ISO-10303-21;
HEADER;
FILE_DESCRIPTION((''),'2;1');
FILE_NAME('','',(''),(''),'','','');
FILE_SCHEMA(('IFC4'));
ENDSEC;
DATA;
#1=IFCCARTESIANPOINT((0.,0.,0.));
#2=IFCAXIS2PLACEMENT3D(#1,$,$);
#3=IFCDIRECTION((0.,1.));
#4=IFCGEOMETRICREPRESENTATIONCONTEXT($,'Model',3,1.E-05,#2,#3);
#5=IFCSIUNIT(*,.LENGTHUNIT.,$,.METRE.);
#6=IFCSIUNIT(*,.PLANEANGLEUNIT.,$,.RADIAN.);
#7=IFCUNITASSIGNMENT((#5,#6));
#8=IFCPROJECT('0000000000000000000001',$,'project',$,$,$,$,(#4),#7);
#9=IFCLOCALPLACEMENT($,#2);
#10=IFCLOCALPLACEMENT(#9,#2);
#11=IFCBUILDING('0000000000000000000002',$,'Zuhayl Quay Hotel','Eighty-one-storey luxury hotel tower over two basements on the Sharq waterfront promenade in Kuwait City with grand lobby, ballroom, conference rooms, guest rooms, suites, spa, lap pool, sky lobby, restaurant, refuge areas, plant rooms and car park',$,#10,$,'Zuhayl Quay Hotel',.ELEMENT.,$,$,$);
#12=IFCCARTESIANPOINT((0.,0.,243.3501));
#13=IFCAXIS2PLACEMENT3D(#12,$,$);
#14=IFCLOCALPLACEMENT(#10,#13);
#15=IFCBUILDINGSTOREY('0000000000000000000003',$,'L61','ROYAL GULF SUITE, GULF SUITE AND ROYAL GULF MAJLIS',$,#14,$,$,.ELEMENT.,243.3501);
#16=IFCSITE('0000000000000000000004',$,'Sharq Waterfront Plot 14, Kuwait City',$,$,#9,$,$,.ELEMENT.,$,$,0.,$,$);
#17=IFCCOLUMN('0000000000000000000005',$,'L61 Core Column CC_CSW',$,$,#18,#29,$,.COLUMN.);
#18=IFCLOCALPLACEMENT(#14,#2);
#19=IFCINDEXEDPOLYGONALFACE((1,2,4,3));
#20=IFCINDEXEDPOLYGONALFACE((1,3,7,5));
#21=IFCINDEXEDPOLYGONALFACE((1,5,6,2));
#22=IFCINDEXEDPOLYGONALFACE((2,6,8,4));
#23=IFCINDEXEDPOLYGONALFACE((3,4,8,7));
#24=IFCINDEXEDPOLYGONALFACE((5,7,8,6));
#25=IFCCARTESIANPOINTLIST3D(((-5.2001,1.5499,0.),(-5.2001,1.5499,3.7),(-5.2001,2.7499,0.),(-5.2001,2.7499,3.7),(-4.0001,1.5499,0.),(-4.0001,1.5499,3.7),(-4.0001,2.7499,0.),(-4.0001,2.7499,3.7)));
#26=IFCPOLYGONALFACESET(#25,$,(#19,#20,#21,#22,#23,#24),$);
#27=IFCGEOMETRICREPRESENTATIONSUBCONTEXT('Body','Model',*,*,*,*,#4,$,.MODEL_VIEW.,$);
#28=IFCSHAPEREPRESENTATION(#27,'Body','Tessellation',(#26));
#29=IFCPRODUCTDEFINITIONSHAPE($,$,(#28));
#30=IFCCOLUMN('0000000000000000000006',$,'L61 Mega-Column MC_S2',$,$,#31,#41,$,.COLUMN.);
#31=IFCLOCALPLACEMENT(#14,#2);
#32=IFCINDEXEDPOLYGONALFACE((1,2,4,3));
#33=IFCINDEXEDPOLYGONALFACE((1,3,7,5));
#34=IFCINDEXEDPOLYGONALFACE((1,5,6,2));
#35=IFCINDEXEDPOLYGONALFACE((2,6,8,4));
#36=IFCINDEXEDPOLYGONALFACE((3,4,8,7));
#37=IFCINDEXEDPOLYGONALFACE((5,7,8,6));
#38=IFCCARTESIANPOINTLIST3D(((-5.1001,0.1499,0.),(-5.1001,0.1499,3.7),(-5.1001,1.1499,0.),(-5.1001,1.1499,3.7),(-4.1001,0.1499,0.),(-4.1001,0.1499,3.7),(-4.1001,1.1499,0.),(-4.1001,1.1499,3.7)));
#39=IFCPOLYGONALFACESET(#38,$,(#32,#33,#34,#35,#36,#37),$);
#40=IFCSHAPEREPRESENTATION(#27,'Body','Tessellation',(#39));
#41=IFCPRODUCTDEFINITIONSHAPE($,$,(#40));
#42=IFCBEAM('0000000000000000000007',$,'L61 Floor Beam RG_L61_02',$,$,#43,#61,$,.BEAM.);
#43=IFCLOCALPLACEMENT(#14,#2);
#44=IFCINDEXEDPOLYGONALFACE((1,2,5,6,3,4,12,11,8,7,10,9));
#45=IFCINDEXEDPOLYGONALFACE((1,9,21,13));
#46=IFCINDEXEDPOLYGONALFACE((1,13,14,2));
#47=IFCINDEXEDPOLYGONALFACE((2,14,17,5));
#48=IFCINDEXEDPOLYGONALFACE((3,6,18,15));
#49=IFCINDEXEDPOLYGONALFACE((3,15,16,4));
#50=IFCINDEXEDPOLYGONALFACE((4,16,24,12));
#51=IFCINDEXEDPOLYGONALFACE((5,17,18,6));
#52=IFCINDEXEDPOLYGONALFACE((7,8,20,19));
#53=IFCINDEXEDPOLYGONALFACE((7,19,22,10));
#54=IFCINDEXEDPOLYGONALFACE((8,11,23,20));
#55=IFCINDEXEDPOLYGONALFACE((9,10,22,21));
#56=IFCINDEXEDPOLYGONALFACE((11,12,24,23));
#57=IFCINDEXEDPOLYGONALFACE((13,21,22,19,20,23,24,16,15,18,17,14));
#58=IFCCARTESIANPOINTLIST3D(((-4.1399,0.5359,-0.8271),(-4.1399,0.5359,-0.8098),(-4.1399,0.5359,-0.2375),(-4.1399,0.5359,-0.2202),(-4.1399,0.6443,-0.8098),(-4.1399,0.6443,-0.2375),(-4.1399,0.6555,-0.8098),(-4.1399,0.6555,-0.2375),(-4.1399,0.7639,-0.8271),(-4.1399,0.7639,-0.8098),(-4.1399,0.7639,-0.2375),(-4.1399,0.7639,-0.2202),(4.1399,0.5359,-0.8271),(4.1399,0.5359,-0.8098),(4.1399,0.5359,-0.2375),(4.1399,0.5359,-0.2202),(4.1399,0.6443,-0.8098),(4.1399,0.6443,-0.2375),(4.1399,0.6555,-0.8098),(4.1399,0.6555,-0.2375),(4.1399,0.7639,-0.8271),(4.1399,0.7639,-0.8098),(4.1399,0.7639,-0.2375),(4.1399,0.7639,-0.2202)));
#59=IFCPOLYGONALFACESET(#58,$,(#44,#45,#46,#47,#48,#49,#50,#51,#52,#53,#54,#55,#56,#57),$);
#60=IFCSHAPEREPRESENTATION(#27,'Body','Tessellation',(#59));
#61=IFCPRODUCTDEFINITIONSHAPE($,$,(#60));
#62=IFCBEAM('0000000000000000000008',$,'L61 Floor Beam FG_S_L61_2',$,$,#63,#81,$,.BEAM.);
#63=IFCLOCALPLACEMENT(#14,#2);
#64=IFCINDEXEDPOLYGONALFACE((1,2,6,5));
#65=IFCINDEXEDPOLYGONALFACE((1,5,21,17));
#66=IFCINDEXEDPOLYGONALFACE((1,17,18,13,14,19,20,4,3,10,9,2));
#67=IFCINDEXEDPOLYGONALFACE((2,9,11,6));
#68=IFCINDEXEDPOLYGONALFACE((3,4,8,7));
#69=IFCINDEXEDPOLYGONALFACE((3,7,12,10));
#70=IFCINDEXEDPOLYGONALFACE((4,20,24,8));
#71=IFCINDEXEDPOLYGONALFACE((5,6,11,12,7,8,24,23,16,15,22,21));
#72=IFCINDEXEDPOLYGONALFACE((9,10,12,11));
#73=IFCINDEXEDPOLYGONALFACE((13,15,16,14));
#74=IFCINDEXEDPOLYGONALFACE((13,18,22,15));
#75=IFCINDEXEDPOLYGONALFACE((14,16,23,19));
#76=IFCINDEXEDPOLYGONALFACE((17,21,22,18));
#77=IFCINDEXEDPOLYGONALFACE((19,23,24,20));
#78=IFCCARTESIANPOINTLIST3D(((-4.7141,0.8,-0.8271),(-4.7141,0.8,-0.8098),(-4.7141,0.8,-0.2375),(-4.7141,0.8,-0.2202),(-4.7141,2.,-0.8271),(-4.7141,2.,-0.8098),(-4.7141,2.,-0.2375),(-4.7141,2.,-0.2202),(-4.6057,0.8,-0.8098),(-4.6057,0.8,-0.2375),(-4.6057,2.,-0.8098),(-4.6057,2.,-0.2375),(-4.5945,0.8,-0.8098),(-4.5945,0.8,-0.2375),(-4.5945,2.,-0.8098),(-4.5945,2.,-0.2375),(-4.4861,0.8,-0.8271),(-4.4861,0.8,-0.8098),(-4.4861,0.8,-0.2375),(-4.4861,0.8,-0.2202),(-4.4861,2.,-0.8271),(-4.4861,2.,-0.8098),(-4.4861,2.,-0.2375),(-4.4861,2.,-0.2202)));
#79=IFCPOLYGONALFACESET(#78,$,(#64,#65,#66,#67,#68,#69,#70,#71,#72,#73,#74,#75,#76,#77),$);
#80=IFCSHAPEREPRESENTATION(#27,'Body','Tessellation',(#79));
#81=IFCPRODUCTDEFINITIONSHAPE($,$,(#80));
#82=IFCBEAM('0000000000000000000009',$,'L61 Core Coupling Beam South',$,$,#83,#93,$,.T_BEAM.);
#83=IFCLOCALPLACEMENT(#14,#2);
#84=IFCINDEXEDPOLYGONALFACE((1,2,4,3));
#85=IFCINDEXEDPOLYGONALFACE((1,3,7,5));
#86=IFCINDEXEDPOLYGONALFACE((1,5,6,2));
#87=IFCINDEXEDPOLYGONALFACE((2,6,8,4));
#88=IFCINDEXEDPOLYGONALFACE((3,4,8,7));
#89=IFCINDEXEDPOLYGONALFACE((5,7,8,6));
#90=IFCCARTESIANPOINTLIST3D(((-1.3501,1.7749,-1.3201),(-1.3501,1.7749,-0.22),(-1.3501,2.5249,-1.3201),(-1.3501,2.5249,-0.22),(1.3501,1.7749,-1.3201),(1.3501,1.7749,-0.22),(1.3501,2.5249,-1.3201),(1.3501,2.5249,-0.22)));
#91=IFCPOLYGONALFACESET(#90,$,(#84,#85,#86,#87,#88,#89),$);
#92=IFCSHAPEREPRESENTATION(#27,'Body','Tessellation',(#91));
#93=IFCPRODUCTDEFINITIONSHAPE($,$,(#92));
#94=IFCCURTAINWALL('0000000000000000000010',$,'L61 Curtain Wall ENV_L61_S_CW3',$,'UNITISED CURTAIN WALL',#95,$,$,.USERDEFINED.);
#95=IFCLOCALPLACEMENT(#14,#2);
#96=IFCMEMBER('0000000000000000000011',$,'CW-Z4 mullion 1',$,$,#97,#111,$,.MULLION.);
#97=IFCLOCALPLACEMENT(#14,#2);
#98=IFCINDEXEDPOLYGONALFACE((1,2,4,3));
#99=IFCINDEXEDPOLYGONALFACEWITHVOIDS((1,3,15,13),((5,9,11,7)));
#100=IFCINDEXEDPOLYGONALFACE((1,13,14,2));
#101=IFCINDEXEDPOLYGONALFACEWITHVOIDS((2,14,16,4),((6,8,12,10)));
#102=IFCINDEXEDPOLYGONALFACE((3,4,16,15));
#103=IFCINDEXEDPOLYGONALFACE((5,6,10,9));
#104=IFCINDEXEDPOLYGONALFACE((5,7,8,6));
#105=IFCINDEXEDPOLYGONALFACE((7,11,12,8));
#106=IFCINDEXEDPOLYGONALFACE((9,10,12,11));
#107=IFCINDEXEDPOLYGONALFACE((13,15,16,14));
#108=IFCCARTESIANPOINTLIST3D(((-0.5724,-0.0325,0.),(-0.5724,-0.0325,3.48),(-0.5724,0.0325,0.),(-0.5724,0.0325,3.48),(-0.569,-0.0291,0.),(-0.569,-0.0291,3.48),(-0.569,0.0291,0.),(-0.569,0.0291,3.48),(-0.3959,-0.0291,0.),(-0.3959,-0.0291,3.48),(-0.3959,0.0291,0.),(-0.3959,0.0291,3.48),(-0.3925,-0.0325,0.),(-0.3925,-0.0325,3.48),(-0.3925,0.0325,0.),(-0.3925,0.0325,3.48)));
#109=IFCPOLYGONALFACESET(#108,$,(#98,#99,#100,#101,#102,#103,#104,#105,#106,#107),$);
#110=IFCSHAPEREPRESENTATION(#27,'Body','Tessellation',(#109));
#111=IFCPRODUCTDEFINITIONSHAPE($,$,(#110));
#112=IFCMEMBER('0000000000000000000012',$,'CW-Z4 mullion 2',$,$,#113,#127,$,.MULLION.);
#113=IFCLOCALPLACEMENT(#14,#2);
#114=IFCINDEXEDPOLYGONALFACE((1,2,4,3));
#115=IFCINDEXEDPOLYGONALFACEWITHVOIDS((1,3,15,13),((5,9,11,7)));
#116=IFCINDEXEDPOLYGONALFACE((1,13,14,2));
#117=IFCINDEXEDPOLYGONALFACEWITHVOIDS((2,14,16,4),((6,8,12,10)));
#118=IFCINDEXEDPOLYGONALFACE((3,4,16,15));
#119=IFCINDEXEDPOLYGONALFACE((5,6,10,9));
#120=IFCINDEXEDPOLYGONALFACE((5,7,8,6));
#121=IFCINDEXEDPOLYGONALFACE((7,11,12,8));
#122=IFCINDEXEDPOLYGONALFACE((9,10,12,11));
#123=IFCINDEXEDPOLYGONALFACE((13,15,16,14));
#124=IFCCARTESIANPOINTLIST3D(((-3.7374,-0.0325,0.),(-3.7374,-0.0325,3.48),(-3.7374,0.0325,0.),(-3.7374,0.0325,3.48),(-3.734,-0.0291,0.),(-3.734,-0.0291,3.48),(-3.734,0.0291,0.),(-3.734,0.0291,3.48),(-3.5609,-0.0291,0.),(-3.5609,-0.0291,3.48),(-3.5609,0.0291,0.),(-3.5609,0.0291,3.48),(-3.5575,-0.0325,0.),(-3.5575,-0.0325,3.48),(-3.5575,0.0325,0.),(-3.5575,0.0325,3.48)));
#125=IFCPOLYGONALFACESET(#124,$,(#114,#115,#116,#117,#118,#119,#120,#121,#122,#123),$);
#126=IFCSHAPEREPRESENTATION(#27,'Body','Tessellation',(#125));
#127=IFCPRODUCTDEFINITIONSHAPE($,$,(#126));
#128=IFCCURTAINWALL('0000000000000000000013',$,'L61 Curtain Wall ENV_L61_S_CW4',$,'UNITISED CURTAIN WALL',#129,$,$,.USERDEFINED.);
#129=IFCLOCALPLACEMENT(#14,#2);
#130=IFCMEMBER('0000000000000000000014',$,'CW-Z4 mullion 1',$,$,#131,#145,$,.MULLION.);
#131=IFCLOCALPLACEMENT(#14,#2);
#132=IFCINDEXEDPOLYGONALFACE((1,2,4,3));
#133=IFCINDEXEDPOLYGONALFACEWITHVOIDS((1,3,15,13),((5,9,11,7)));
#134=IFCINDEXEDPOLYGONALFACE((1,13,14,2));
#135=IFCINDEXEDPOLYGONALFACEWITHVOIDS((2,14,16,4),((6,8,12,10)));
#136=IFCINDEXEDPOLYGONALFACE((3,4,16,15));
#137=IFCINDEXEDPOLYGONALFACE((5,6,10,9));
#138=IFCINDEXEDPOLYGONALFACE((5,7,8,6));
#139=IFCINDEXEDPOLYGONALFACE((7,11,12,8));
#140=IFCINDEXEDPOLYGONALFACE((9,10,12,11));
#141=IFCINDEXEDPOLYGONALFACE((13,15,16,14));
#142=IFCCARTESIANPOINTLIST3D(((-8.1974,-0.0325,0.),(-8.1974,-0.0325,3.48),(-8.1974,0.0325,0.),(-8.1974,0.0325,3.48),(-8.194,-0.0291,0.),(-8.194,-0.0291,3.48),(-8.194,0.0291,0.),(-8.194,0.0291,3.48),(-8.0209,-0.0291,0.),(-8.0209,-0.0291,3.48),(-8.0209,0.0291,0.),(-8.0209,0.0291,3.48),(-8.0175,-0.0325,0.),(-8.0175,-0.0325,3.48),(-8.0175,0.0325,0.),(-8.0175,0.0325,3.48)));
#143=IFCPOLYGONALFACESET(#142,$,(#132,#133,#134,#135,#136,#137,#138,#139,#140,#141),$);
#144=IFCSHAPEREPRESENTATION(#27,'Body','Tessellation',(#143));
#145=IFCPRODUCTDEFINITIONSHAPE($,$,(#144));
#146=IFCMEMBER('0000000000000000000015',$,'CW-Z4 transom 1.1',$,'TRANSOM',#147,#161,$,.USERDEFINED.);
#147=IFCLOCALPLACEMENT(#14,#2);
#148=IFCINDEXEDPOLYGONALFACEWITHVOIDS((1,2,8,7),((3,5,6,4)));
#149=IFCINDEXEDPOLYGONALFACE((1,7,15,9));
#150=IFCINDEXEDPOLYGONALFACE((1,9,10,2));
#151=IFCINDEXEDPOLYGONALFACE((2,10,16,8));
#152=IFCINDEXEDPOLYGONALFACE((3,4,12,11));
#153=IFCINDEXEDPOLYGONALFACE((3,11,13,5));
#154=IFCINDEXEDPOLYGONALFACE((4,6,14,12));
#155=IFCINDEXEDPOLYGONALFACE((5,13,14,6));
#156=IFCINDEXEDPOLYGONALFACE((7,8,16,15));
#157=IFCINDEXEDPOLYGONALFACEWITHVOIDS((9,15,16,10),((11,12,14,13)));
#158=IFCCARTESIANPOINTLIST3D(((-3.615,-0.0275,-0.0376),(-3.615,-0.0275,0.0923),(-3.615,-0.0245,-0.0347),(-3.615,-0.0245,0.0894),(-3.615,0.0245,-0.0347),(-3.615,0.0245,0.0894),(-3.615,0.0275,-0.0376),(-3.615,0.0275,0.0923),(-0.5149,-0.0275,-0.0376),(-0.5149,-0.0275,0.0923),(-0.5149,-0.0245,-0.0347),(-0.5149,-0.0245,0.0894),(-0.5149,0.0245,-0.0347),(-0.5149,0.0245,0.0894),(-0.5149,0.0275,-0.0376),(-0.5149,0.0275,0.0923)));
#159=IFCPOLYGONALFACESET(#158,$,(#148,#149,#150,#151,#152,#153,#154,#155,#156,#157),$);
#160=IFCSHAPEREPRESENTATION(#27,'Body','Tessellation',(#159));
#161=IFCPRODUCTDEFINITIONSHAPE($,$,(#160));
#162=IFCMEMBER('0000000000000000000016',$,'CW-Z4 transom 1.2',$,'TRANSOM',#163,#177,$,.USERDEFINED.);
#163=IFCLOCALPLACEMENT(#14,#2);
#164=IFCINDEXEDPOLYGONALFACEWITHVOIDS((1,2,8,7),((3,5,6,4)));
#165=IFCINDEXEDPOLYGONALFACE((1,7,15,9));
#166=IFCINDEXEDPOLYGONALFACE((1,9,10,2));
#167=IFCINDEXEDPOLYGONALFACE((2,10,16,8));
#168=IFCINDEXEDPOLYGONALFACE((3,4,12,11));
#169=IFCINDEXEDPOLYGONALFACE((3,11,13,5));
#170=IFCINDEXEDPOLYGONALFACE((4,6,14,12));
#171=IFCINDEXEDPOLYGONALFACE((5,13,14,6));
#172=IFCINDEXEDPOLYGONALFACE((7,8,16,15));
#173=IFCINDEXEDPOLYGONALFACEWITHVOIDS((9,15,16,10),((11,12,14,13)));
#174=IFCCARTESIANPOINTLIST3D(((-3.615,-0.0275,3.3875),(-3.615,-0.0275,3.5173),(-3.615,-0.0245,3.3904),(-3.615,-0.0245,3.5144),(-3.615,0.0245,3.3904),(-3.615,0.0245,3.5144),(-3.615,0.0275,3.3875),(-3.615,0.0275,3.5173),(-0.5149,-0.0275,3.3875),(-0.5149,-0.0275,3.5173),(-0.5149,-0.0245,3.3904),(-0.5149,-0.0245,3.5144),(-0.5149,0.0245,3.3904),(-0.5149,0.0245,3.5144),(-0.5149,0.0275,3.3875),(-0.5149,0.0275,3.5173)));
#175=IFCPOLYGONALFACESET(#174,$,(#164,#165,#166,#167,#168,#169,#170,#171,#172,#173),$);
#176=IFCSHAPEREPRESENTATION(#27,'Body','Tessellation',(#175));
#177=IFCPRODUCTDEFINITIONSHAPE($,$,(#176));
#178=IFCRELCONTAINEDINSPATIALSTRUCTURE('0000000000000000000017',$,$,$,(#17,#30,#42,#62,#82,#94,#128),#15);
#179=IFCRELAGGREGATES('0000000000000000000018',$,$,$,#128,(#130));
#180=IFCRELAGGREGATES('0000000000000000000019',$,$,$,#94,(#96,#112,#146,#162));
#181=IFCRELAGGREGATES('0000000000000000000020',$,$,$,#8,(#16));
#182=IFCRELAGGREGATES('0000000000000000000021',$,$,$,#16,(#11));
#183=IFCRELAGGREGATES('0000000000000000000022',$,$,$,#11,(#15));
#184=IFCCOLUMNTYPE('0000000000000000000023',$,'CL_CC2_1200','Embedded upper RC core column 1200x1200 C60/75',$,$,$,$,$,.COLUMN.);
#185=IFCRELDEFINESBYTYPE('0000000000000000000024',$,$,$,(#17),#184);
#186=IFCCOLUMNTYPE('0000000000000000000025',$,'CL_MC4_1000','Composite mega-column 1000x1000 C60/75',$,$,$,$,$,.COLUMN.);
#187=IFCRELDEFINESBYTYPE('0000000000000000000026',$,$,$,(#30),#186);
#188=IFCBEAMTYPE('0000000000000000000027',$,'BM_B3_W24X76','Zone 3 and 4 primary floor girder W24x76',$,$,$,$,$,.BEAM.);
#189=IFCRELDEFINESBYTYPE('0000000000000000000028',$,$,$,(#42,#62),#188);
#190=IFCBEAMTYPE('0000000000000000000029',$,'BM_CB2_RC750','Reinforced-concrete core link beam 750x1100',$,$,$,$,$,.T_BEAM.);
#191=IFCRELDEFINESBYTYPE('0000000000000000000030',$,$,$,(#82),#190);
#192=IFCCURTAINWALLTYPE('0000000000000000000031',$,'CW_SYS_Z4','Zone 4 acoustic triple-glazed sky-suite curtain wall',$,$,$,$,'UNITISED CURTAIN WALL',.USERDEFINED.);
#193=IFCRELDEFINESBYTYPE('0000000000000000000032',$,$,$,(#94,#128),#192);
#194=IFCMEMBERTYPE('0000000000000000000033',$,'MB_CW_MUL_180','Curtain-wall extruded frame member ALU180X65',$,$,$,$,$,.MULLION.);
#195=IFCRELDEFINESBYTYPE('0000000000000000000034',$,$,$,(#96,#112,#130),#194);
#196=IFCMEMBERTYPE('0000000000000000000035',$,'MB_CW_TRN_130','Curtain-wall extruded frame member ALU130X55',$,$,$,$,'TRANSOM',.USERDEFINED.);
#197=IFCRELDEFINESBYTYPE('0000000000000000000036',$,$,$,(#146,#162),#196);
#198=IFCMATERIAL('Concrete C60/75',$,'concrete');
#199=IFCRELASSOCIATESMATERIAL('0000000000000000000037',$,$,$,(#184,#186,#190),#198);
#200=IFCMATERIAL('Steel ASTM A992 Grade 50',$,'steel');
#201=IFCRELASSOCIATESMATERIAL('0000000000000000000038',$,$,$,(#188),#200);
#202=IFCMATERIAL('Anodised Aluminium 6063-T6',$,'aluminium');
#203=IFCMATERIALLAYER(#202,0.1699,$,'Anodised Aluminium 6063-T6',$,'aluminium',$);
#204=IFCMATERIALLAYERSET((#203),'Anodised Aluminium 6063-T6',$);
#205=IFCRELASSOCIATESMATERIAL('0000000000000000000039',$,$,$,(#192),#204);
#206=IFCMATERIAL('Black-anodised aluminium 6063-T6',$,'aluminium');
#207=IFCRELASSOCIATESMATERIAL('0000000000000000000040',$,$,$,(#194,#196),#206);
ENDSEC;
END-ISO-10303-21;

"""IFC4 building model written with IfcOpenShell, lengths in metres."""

from ifc_helpers import new_model, si_unit, direction, frame, origin, origin_2d, place, context, subcontext, project, spatial, rectangle, hollow_rectangle, i_section, extrude, material, layer, layer_set, material_profile, profile_set, type_object, element, aggregate, save


model = new_model("IFC4")

# Units and contexts
model_context = context("Model", 3, precision=1e-05, world=origin(), true_north=direction((0.0, 1.0)))
body_context = subcontext(model_context, "Body", "Model", "MODEL_VIEW")
ifc_project = project(units=[si_unit("LENGTHUNIT", "METRE"), si_unit("PLANEANGLEUNIT", "RADIAN")], contexts=[model_context])

# Site, building, storey
site_placement = place(None, origin())
site = spatial("IfcSite", under=ifc_project, at=site_placement, Name="Sharq Waterfront Plot 14, Kuwait City", CompositionType="ELEMENT", RefElevation=0.0)
building_placement = place(site_placement, origin())
building = spatial("IfcBuilding", under=site, at=building_placement, Name="Zuhayl Quay Hotel", Description="Eighty-one-storey luxury hotel tower over two basements on the Sharq waterfront promenade in Kuwait City with grand lobby, ballroom, conference rooms, guest rooms, suites, spa, lap pool, sky lobby, restaurant, refuge areas, plant rooms and car park", LongName="Zuhayl Quay Hotel", CompositionType="ELEMENT")
storey_placement = place(building_placement, frame((0.0, 0.0, 243.3501)))
storey = spatial("IfcBuildingStorey", under=building, at=storey_placement, Name="L61", Description="ROYAL GULF SUITE, GULF SUITE AND ROYAL GULF MAJLIS", CompositionType="ELEMENT", Elevation=243.3501)

# Columns
ifc_material_1 = material(Name="Concrete C60/75", Category="concrete")
ifc_material_profile_1 = material_profile(ifc_material_1, rectangle(XDim=1.2, YDim=1.2, at=origin_2d()), Name="RC1200X1200")
ifc_profile_set_1 = profile_set([ifc_material_profile_1], Name="Concrete C60/75")
column_type_1 = type_object("IfcColumnType", Name="CL_CC2_1200", Description="Embedded upper RC core column 1200x1200 C60/75", PredefinedType="COLUMN", material=ifc_profile_set_1)
column_1_placement = place(storey_placement, frame((-4.6001, 2.1499, 0.0), z_axis=(0.0, 0.0, 1.0), x_axis=(1.0, 0.0, 0.0)))
element("IfcColumn", 1, at=column_1_placement, inside=storey, type_object=column_type_1, Name="L61 Core Column CC_CSW", PredefinedType="COLUMN", context=body_context, shape_type="SweptSolid", body=[
    extrude(rectangle(XDim=1.2, YDim=1.2, at=origin_2d()), origin(), (0.0, 0.0, 1.0), 3.7),
])
ifc_material_profile_2 = material_profile(ifc_material_1, rectangle(XDim=1.0, YDim=1.0, at=origin_2d()), Name="RC1000X1000")
ifc_profile_set_2 = profile_set([ifc_material_profile_2], Name="Concrete C60/75")
column_type_2 = type_object("IfcColumnType", Name="CL_MC4_1000", Description="Composite mega-column 1000x1000 C60/75", PredefinedType="COLUMN", material=ifc_profile_set_2)
column_2_placement = place(storey_placement, frame((-4.6001, 0.6499, 0.0), z_axis=(0.0, 0.0, 1.0), x_axis=(1.0, 0.0, 0.0)))
element("IfcColumn", 2, at=column_2_placement, inside=storey, type_object=column_type_2, Name="L61 Mega-Column MC_S2", PredefinedType="COLUMN", context=body_context, shape_type="SweptSolid", body=[
    extrude(rectangle(XDim=1.0, YDim=1.0, at=origin_2d()), origin(), (0.0, 0.0, 1.0), 3.7),
])

# Beams
ifc_material_2 = material(Name="Steel ASTM A992 Grade 50", Category="steel")
ifc_material_profile_3 = material_profile(ifc_material_2, i_section(OverallWidth=0.228, OverallDepth=0.6069, WebThickness=0.0112, FlangeThickness=0.0173, at=origin_2d()), Name="W24X76")
ifc_profile_set_3 = profile_set([ifc_material_profile_3], Name="Steel ASTM A992 Grade 50")
beam_type_1 = type_object("IfcBeamType", Name="BM_B3_W24X76", Description="Zone 3 and 4 primary floor girder W24x76", PredefinedType="BEAM", material=ifc_profile_set_3)
beam_1_placement = place(storey_placement, frame((-4.1399, 0.6499, -0.5237), z_axis=(1.0, 0.0, 0.0), x_axis=(0.0, 1.0, 0.0)))
element("IfcBeam", 3, at=beam_1_placement, inside=storey, type_object=beam_type_1, Name="L61 Floor Beam RG_L61_02", PredefinedType="BEAM", context=body_context, shape_type="SweptSolid", body=[
    extrude(i_section(OverallWidth=0.228, OverallDepth=0.6069, WebThickness=0.0112, FlangeThickness=0.0173, at=origin_2d()), origin(), (0.0, 0.0, 1.0), 8.2798),
])
beam_2_placement = place(storey_placement, frame((-4.6001, 0.8, -0.5237), z_axis=(0.0, 1.0, 0.0), x_axis=(-1.0, 0.0, 0.0)))
element("IfcBeam", 4, at=beam_2_placement, inside=storey, type_object=beam_type_1, Name="L61 Floor Beam FG_S_L61_2", PredefinedType="BEAM", context=body_context, shape_type="SweptSolid", body=[
    extrude(i_section(OverallWidth=0.228, OverallDepth=0.6069, WebThickness=0.0112, FlangeThickness=0.0173, at=origin_2d()), origin(), (0.0, 0.0, 1.0), 1.2),
])
ifc_material_profile_4 = material_profile(ifc_material_1, rectangle(XDim=0.75, YDim=1.1001, at=origin_2d()), Name="RC750X1100")
ifc_profile_set_4 = profile_set([ifc_material_profile_4], Name="Concrete C60/75")
beam_type_2 = type_object("IfcBeamType", Name="BM_CB2_RC750", Description="Reinforced-concrete core link beam 750x1100", PredefinedType="T_BEAM", material=ifc_profile_set_4)
beam_3_placement = place(storey_placement, frame((-1.3501, 2.1499, -0.77), z_axis=(1.0, 0.0, 0.0), x_axis=(0.0, 1.0, 0.0)))
element("IfcBeam", 5, at=beam_3_placement, inside=storey, type_object=beam_type_2, Name="L61 Core Coupling Beam South", PredefinedType="T_BEAM", context=body_context, shape_type="SweptSolid", body=[
    extrude(rectangle(XDim=0.75, YDim=1.1001, at=origin_2d()), origin(), (0.0, 0.0, 1.0), 2.7002),
])

# Curtain wall, members
ifc_material_3 = material(Name="Anodised Aluminium 6063-T6", Category="aluminium")
ifc_layer_1 = layer(ifc_material_3, 0.1699, Name="Anodised Aluminium 6063-T6", Category="aluminium")
ifc_layer_set_1 = layer_set([ifc_layer_1], Name="Anodised Aluminium 6063-T6")
curtain_wall_type = type_object("IfcCurtainWallType", Name="CW_SYS_Z4", Description="Zone 4 acoustic triple-glazed sky-suite curtain wall", ElementType="UNITISED CURTAIN WALL", PredefinedType="USERDEFINED", material=ifc_layer_set_1)
curtain_wall_1_placement = place(storey_placement, origin())
curtain_wall_1 = element("IfcCurtainWall", 6, at=curtain_wall_1_placement, inside=storey, type_object=curtain_wall_type, Name="L61 Curtain Wall ENV_L61_S_CW3", ObjectType="UNITISED CURTAIN WALL", PredefinedType="USERDEFINED")
ifc_material_4 = material(Name="Black-anodised aluminium 6063-T6", Category="aluminium")
ifc_material_profile_5 = material_profile(ifc_material_4, hollow_rectangle(XDim=0.0649, YDim=0.1799, WallThickness=0.0034, at=origin_2d()), Name="ALU180X65")
ifc_profile_set_5 = profile_set([ifc_material_profile_5], Name="Black-anodised aluminium 6063-T6")
member_type_1 = type_object("IfcMemberType", Name="MB_CW_MUL_180", Description="Curtain-wall extruded frame member ALU180X65", PredefinedType="MULLION", material=ifc_profile_set_5)
member_1_placement = place(storey_placement, frame((-0.4824, 0.0, 0.0), z_axis=(0.0, 0.0, 1.0), x_axis=(0.0, -1.0, 0.0)))
member_1 = element("IfcMember", 7, at=member_1_placement, type_object=member_type_1, Name="CW-Z4 mullion 1", PredefinedType="MULLION", context=body_context, shape_type="SweptSolid", body=[
    extrude(hollow_rectangle(XDim=0.0649, YDim=0.1799, WallThickness=0.0034, at=origin_2d()), origin(), (0.0, 0.0, 1.0), 3.48),
])
member_2_placement = place(storey_placement, frame((-3.6475, 0.0, 0.0), z_axis=(0.0, 0.0, 1.0), x_axis=(0.0, -1.0, 0.0)))
member_2 = element("IfcMember", 8, at=member_2_placement, type_object=member_type_1, Name="CW-Z4 mullion 2", PredefinedType="MULLION", context=body_context, shape_type="SweptSolid", body=[
    extrude(hollow_rectangle(XDim=0.0649, YDim=0.1799, WallThickness=0.0034, at=origin_2d()), origin(), (0.0, 0.0, 1.0), 3.48),
])

# Curtain wall, member
curtain_wall_2_placement = place(storey_placement, origin())
curtain_wall_2 = element("IfcCurtainWall", 9, at=curtain_wall_2_placement, inside=storey, type_object=curtain_wall_type, Name="L61 Curtain Wall ENV_L61_S_CW4", ObjectType="UNITISED CURTAIN WALL", PredefinedType="USERDEFINED")
member_3_placement = place(storey_placement, frame((-8.1074, 0.0, 0.0), z_axis=(0.0, 0.0, 1.0), x_axis=(0.0, -1.0, 0.0)))
member_3 = element("IfcMember", 10, at=member_3_placement, type_object=member_type_1, Name="CW-Z4 mullion 1", PredefinedType="MULLION", context=body_context, shape_type="SweptSolid", body=[
    extrude(hollow_rectangle(XDim=0.0649, YDim=0.1799, WallThickness=0.0034, at=origin_2d()), origin(), (0.0, 0.0, 1.0), 3.48),
])

# Members
ifc_material_profile_6 = material_profile(ifc_material_4, hollow_rectangle(XDim=0.0549, YDim=0.1299, WallThickness=0.0029, at=origin_2d()), Name="ALU130X55")
ifc_profile_set_6 = profile_set([ifc_material_profile_6], Name="Black-anodised aluminium 6063-T6")
member_type_2 = type_object("IfcMemberType", Name="MB_CW_TRN_130", Description="Curtain-wall extruded frame member ALU130X55", ElementType="TRANSOM", PredefinedType="USERDEFINED", material=ifc_profile_set_6)
member_4_placement = place(storey_placement, frame((-0.5149, 0.0, 0.0273), z_axis=(-1.0, 0.0, 0.0), x_axis=(0.0, -1.0, 0.0)))
member_4 = element("IfcMember", 11, at=member_4_placement, type_object=member_type_2, Name="CW-Z4 transom 1.1", ObjectType="TRANSOM", PredefinedType="USERDEFINED", context=body_context, shape_type="SweptSolid", body=[
    extrude(hollow_rectangle(XDim=0.0549, YDim=0.1299, WallThickness=0.0029, at=origin_2d()), origin(), (0.0, 0.0, 1.0), 3.1001),
])
member_5_placement = place(storey_placement, frame((-0.5149, 0.0, 3.4524), z_axis=(-1.0, 0.0, 0.0), x_axis=(0.0, -1.0, 0.0)))
member_5 = element("IfcMember", 12, at=member_5_placement, type_object=member_type_2, Name="CW-Z4 transom 1.2", ObjectType="TRANSOM", PredefinedType="USERDEFINED", context=body_context, shape_type="SweptSolid", body=[
    extrude(hollow_rectangle(XDim=0.0549, YDim=0.1299, WallThickness=0.0029, at=origin_2d()), origin(), (0.0, 0.0, 1.0), 3.1001),
])
aggregate(curtain_wall_2, [member_3])

aggregate(curtain_wall_1, [member_1, member_2, member_4, member_5])

save(model, "model.ifc")
